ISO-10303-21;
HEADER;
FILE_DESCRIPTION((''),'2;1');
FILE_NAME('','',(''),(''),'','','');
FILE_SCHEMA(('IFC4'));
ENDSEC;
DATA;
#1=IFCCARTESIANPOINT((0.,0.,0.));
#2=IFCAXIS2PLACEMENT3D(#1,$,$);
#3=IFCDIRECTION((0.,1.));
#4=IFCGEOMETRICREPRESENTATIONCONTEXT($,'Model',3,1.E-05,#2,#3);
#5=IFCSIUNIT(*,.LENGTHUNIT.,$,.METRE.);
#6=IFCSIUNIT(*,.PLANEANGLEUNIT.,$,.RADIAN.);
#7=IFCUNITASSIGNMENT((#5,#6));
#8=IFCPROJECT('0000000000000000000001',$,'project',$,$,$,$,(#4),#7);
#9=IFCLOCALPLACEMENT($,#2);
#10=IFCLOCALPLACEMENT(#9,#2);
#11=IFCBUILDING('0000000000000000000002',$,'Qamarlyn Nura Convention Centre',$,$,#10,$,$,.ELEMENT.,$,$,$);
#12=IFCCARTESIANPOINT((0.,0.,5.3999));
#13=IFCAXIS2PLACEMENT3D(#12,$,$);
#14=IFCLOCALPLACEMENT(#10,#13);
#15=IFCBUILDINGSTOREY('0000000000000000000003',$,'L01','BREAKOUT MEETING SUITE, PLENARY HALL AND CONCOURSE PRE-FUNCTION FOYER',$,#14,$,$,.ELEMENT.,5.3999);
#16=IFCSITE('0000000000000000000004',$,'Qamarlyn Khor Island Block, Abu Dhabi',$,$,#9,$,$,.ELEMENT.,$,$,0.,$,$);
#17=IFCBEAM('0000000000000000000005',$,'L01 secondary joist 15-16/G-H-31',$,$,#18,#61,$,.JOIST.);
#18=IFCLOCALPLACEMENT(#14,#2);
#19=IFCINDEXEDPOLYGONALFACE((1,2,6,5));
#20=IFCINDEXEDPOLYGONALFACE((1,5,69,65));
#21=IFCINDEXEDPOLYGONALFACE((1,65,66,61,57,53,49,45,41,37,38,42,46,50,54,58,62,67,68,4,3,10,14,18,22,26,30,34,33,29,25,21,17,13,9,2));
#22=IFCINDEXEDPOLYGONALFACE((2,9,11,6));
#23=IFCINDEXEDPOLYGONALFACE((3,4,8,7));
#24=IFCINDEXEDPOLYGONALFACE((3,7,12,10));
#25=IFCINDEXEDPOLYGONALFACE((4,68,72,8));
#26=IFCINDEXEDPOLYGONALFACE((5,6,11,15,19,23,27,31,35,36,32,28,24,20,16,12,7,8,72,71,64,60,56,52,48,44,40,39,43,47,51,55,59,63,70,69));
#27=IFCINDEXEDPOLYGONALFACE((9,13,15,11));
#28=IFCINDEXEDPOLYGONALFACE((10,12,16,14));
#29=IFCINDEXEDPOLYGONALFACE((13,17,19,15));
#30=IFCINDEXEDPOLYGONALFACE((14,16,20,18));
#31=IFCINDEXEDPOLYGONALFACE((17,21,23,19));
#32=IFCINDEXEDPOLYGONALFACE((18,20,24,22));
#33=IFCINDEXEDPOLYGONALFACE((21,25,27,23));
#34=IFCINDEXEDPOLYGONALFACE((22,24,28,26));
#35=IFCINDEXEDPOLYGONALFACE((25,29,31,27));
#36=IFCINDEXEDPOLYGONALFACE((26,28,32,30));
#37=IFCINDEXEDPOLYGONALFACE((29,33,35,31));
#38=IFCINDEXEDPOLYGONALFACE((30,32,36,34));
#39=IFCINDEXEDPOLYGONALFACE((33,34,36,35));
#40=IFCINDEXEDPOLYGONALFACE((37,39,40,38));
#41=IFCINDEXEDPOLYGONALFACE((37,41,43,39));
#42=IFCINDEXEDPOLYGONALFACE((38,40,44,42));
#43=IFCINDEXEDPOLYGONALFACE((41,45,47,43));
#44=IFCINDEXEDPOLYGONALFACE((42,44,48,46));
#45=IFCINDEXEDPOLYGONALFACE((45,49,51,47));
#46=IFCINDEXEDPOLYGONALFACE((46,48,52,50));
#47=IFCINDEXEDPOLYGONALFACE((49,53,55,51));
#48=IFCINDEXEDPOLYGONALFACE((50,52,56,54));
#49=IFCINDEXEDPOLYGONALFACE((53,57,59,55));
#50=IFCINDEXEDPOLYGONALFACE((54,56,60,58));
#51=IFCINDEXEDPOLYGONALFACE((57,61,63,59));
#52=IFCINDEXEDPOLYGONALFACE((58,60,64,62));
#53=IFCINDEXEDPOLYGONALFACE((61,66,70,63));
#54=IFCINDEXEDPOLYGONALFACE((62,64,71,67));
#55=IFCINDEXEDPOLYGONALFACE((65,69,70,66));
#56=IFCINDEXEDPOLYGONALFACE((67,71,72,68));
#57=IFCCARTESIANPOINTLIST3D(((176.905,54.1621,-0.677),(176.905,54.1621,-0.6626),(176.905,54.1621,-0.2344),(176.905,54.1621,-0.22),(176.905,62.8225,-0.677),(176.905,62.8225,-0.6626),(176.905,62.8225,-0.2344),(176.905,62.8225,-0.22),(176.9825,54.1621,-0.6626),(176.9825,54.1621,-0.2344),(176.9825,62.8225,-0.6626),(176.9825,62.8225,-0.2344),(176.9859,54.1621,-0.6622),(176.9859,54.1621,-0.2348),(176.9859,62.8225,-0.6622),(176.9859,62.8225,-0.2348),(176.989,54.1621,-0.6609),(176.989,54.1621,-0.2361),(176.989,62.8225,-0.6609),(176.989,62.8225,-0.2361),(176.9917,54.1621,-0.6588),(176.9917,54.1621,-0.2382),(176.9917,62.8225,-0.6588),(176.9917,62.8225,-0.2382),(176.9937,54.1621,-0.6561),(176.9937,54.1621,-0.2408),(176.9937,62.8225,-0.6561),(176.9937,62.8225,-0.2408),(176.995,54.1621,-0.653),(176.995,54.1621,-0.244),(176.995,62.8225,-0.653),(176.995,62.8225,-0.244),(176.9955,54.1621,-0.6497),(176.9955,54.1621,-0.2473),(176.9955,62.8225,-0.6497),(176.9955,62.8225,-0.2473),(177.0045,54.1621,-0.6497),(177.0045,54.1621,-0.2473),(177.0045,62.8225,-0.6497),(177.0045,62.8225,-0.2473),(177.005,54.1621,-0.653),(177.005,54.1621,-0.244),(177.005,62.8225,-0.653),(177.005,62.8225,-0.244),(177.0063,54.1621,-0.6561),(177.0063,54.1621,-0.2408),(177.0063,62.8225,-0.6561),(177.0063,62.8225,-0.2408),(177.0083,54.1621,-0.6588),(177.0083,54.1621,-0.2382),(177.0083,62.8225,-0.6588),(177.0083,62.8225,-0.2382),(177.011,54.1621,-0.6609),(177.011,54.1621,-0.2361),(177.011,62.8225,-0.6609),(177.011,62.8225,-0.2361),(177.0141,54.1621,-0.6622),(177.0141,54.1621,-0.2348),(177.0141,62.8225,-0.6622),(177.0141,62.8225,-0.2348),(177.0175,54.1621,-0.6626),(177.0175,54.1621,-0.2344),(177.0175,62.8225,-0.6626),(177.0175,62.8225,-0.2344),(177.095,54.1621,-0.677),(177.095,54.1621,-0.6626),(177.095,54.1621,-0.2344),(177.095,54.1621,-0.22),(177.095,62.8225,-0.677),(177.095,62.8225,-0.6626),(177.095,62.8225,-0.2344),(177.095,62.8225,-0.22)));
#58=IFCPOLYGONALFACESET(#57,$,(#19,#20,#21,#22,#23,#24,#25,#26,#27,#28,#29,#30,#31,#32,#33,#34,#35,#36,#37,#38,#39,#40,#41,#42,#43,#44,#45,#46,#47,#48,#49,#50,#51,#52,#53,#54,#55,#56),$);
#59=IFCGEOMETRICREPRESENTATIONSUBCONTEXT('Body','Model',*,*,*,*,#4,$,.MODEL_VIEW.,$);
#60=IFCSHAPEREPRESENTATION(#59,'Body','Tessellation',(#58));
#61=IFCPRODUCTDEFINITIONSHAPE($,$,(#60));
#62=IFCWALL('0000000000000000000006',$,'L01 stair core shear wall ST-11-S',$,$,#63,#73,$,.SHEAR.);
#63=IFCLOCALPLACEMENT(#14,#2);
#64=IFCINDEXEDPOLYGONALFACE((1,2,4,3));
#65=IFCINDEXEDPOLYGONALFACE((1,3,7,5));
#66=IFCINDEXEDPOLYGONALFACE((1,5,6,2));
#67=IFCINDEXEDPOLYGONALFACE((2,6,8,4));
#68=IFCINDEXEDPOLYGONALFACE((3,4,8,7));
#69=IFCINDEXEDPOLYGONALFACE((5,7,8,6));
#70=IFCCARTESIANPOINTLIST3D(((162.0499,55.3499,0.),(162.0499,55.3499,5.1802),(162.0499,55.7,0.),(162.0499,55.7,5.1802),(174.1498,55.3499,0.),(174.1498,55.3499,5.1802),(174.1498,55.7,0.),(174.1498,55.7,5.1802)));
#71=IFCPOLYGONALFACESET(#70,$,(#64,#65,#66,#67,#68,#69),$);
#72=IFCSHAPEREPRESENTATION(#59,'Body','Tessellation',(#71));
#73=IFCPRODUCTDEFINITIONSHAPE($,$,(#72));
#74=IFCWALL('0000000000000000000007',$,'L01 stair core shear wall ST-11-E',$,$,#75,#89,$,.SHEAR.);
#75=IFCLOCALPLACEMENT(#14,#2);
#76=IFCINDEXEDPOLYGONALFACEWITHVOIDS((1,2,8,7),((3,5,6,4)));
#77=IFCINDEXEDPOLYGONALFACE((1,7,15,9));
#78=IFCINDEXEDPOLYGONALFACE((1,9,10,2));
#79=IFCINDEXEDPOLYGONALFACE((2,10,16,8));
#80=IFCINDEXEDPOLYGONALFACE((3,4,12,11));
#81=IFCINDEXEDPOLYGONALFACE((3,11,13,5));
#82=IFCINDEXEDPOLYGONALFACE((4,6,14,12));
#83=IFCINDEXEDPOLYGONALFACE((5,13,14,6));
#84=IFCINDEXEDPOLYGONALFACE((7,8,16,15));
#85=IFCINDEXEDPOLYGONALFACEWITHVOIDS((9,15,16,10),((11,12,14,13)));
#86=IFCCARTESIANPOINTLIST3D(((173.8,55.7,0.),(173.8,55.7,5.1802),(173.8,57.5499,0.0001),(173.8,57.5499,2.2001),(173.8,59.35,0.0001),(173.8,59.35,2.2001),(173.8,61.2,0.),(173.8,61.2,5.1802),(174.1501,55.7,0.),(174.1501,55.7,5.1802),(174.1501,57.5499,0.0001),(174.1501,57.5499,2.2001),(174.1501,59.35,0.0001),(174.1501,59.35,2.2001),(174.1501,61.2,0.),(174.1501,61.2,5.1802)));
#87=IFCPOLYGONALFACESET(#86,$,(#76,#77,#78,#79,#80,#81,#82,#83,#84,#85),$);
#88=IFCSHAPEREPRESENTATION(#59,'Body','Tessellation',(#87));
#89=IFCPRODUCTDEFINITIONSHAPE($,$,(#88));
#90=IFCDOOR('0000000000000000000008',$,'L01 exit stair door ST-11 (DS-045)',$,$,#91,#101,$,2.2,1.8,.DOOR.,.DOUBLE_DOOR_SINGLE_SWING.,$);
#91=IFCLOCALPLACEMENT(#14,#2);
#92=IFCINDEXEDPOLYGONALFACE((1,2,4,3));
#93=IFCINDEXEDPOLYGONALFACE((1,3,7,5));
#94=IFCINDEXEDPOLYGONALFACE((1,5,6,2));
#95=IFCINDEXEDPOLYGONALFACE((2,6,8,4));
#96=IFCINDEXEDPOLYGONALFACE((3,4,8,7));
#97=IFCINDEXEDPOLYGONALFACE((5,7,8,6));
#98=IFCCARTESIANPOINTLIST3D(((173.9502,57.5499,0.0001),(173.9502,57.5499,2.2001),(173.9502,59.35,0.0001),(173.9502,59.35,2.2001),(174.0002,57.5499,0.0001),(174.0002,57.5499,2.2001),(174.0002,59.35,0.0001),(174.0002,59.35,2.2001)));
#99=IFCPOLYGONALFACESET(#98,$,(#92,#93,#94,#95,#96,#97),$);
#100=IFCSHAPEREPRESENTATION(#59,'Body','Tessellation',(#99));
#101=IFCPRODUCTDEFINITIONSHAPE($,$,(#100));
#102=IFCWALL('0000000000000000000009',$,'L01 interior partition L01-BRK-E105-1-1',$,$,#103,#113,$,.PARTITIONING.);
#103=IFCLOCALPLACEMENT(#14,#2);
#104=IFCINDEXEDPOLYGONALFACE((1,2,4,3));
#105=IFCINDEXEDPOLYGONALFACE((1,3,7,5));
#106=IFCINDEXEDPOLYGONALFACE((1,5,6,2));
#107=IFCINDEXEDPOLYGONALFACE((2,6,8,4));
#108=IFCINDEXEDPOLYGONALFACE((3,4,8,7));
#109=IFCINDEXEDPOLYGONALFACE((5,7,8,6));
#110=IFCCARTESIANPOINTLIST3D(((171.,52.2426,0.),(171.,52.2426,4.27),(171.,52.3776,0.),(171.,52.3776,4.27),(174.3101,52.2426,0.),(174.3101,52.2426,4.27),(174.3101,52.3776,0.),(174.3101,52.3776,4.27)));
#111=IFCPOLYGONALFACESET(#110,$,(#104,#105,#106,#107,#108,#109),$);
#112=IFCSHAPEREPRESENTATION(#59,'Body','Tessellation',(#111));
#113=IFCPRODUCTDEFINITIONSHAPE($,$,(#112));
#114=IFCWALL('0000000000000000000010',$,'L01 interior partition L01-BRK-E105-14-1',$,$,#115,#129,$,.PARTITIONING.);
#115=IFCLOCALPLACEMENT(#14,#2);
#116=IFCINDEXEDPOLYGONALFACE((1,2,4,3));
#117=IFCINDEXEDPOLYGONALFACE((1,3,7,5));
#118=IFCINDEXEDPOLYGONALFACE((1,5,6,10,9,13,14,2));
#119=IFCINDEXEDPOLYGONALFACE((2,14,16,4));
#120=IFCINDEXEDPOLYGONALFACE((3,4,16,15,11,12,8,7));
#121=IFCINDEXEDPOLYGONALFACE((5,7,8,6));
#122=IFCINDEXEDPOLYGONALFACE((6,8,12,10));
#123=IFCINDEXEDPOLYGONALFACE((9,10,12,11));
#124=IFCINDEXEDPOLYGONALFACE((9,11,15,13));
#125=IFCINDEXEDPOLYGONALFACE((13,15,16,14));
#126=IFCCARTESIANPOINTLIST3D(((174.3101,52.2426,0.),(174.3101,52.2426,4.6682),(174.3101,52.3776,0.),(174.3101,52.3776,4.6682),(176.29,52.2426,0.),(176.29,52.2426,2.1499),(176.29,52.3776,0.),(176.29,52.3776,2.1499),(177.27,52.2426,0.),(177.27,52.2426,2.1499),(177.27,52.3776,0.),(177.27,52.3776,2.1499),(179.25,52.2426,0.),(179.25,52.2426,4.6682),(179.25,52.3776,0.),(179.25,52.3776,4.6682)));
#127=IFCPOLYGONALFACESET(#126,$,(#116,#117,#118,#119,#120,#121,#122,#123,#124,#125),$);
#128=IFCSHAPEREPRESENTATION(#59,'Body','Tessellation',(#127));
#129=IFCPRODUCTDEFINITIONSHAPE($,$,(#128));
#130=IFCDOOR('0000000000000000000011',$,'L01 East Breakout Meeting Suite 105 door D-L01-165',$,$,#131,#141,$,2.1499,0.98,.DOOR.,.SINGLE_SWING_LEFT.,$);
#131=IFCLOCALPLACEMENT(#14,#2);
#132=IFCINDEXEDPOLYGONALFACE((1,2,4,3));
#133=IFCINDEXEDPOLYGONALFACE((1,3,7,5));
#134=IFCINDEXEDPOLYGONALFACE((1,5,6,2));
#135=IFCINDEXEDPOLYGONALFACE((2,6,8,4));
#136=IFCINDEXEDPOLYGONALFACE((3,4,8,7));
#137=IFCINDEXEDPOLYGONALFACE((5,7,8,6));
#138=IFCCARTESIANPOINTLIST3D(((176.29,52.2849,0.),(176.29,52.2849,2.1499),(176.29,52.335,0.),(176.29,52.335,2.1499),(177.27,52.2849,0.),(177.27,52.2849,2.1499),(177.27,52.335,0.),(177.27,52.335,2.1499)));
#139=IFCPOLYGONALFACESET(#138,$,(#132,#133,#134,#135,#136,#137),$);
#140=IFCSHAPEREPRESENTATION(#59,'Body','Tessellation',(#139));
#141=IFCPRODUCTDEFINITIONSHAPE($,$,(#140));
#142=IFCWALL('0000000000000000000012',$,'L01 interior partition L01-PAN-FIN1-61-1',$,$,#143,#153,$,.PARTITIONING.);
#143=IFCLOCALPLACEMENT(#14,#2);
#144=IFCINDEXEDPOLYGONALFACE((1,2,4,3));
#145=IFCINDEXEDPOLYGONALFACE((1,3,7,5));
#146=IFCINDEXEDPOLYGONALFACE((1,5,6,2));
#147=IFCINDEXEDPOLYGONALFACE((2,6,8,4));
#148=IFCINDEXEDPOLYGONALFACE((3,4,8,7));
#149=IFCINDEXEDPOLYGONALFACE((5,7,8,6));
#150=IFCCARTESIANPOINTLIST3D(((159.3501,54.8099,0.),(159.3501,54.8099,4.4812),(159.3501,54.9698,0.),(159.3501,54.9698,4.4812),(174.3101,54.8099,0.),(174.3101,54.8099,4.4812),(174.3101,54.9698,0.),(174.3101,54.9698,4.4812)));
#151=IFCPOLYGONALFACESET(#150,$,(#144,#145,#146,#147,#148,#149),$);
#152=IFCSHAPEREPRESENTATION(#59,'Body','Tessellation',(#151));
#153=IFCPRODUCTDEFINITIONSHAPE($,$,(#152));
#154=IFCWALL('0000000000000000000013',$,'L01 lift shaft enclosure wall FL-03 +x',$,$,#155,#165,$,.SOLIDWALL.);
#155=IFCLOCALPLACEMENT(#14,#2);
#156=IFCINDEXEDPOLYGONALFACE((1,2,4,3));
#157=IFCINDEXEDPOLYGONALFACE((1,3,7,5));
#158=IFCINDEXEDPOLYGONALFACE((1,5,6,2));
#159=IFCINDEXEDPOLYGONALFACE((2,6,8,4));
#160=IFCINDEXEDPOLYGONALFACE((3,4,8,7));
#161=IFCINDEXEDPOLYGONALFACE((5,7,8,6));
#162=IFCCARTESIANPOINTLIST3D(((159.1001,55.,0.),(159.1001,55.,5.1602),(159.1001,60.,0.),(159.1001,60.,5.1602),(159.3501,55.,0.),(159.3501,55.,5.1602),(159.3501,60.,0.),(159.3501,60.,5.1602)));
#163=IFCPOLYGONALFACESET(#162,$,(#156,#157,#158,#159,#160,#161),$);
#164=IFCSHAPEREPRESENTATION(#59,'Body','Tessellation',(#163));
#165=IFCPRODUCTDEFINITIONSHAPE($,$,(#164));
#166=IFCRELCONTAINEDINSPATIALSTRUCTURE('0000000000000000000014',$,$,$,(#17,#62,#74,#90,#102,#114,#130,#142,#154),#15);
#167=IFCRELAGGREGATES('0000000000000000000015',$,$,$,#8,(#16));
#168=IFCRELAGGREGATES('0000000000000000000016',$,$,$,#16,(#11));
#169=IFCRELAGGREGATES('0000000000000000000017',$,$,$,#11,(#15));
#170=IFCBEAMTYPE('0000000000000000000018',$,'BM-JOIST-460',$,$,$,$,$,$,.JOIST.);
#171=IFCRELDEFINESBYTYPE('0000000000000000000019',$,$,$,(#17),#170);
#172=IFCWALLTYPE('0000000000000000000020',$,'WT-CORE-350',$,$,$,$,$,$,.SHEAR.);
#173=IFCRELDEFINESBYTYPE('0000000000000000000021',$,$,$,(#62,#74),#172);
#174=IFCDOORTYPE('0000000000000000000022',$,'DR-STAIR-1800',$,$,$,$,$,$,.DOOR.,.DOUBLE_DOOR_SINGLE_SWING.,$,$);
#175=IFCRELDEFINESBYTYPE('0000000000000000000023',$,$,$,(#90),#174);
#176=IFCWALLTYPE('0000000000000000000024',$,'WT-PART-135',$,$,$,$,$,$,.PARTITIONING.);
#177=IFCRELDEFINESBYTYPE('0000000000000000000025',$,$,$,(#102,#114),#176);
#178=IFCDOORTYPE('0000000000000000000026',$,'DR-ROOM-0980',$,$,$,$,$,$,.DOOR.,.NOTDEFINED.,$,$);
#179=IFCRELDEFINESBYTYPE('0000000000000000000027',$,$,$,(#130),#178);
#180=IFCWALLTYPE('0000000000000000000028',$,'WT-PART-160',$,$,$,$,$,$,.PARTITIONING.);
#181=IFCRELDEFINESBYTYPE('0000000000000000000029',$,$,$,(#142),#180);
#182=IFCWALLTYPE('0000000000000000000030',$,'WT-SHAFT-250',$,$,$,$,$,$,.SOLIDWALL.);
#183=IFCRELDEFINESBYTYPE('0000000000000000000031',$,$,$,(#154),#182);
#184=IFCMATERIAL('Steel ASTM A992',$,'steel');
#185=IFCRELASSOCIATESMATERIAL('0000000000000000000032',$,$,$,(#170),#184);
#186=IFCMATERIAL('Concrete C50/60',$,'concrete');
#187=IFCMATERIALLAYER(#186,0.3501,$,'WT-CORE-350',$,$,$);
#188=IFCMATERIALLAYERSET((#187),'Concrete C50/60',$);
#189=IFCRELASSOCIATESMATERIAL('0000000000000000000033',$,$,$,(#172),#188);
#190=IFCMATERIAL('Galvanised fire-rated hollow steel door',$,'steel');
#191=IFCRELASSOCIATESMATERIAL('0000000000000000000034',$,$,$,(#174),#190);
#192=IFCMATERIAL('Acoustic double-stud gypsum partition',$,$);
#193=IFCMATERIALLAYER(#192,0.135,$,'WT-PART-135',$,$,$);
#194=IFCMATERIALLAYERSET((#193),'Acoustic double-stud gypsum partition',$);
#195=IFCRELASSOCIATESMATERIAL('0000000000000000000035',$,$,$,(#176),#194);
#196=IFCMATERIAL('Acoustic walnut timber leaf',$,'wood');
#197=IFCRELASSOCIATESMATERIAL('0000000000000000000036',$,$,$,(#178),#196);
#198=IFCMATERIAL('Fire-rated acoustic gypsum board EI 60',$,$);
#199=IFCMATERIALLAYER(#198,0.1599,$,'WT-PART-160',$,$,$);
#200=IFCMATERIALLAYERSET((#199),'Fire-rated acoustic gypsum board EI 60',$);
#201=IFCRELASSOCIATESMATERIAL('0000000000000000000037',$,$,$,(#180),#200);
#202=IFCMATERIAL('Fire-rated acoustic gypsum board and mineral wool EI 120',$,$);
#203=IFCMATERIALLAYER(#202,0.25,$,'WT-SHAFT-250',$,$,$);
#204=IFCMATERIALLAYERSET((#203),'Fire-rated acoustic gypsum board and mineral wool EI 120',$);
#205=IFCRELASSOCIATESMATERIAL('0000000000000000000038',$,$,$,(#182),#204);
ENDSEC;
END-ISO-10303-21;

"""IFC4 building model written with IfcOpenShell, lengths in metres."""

from ifc_helpers import new_model, si_unit, direction, frame, frame_2d, origin, origin_2d, place, context, subcontext, project, spatial, rectangle, i_section, extrude, material, layer, layer_set, material_profile, profile_set, type_object, element, fill, save


model = new_model("IFC4")

# Units and contexts
model_context = context("Model", 3, precision=1e-05, world=origin(), true_north=direction((0.0, 1.0)))
body_context = subcontext(model_context, "Body", "Model", "MODEL_VIEW")
ifc_project = project(units=[si_unit("LENGTHUNIT", "METRE"), si_unit("PLANEANGLEUNIT", "RADIAN")], contexts=[model_context])

# Site, building, storey
site_placement = place(None, origin())
site = spatial("IfcSite", under=ifc_project, at=site_placement, Name="Qamarlyn Khor Island Block, Abu Dhabi", CompositionType="ELEMENT", RefElevation=0.0)
building_placement = place(site_placement, origin())
building = spatial("IfcBuilding", under=site, at=building_placement, Name="Qamarlyn Nura Convention Centre", CompositionType="ELEMENT")
storey_placement = place(building_placement, frame((0.0, 0.0, 5.3999)))
storey = spatial("IfcBuildingStorey", under=building, at=storey_placement, Name="L01", Description="BREAKOUT MEETING SUITE, PLENARY HALL AND CONCOURSE PRE-FUNCTION FOYER", CompositionType="ELEMENT", Elevation=5.3999)

# Shared definitions
ifc_material_1 = material(Name="Steel ASTM A992", Category="steel")

# Beam
ifc_material_profile_1 = material_profile(ifc_material_1, i_section(OverallWidth=0.1899, OverallDepth=0.457, WebThickness=0.009, FlangeThickness=0.0144, FilletRadius=0.0129, at=origin_2d()), Name="W460X74")
ifc_profile_set_1 = profile_set([ifc_material_profile_1], Name="Steel ASTM A992")
beam_type_1 = type_object("IfcBeamType", Name="BM-JOIST-460", PredefinedType="JOIST", material=ifc_profile_set_1)
for number, where, z_axis, x_axis, name in (
    (1, (177.0, 54.1621, -0.4485), (0.0, 1.0, 0.0), (-1.0, 0.0, 0.0), "L01 secondary joist 15-16/G-H-31"),
):
    element("IfcBeam", number, at=place(storey_placement, frame(where, z_axis=z_axis, x_axis=x_axis)), inside=storey, type_object=beam_type_1, Name=name, PredefinedType="JOIST", context=body_context, shape_type="SweptSolid", body=[
        extrude(i_section(OverallWidth=0.1899, OverallDepth=0.457, WebThickness=0.009, FlangeThickness=0.0144, FilletRadius=0.0129, at=origin_2d()), origin(), (0.0, 0.0, 1.0), 8.6604),
    ])

# Wall
ifc_material_2 = material(Name="Concrete C50/60", Category="concrete")
ifc_layer_1 = layer(ifc_material_2, 0.3501, Name="WT-CORE-350")
ifc_layer_set_1 = layer_set([ifc_layer_1], Name="Concrete C50/60")
wall_type_1 = type_object("IfcWallType", Name="WT-CORE-350", PredefinedType="SHEAR", material=ifc_layer_set_1)
wall_1_placement = place(storey_placement, frame((162.05, 55.5249, 0.0), z_axis=(0.0, 0.0, 1.0), x_axis=(1.0, 0.0, 0.0)))
element("IfcWall", 2, at=wall_1_placement, inside=storey, type_object=wall_type_1, Name="L01 stair core shear wall ST-11-S", PredefinedType="SHEAR", context=body_context, shape_type="SweptSolid", body=[
    extrude(rectangle(XDim=12.0999, YDim=0.3501, at=frame_2d((6.0498, 0.0))), origin(), (0.0, 0.0, 1.0), 5.1802),
])

# Wall, opening, door
wall_2_placement = place(storey_placement, frame((173.9751, 55.7, 0.0), z_axis=(0.0, 0.0, 1.0), x_axis=(0.0, 1.0, 0.0)))
wall_2 = element("IfcWall", 3, at=wall_2_placement, inside=storey, type_object=wall_type_1, Name="L01 stair core shear wall ST-11-E", PredefinedType="SHEAR", context=body_context, shape_type="SweptSolid", body=[
    extrude(rectangle(XDim=5.5, YDim=0.3501, at=frame_2d((2.75, 0.0))), origin(), (0.0, 0.0, 1.0), 5.1802),
])
opening_1_placement = place(wall_2_placement, frame((1.8501, 0.0, 0.0)))
opening_1 = element("IfcOpeningElement", 4, at=opening_1_placement, cuts=wall_2, PredefinedType="OPENING", context=body_context, shape_type="SweptSolid", body=[
    extrude(rectangle(XDim=1.8, YDim=2.2, at=frame_2d((0.8999, 1.1001))), frame((0.0, 0.1851, 0.0), z_axis=(0.0, -1.0, 0.0), x_axis=(1.0, 0.0, 0.0)), (0.0, 0.0, 1.0), 0.3701),
])
ifc_material_3 = material(Name="Galvanised fire-rated hollow steel door", Category="steel")
door_type_1 = type_object("IfcDoorType", Name="DR-STAIR-1800", OperationType="DOUBLE_DOOR_SINGLE_SWING", PredefinedType="DOOR", material=ifc_material_3)
door_1_placement = place(opening_1_placement, origin())
door_1 = element("IfcDoor", 5, at=door_1_placement, inside=storey, type_object=door_type_1, Name="L01 exit stair door ST-11 (DS-045)", OperationType="DOUBLE_DOOR_SINGLE_SWING", OverallHeight=2.2, OverallWidth=1.8, PredefinedType="DOOR", context=body_context, shape_type="SweptSolid", body=[
    extrude(rectangle(XDim=1.8, YDim=2.2, at=frame_2d((0.8999, 1.1001))), frame((0.0, 0.0249, 0.0), z_axis=(0.0, -1.0, 0.0), x_axis=(1.0, 0.0, 0.0)), (0.0, 0.0, 1.0), 0.05),
])
fill(opening_1, door_1)

# Wall
ifc_material_4 = material(Name="Acoustic double-stud gypsum partition")
ifc_layer_2 = layer(ifc_material_4, 0.135, Name="WT-PART-135")
ifc_layer_set_2 = layer_set([ifc_layer_2], Name="Acoustic double-stud gypsum partition")
wall_type_2 = type_object("IfcWallType", Name="WT-PART-135", PredefinedType="PARTITIONING", material=ifc_layer_set_2)
wall_3_placement = place(storey_placement, frame((171.0, 52.3101, 0.0), z_axis=(0.0, 0.0, 1.0), x_axis=(1.0, 0.0, 0.0)))
element("IfcWall", 6, at=wall_3_placement, inside=storey, type_object=wall_type_2, Name="L01 interior partition L01-BRK-E105-1-1", PredefinedType="PARTITIONING", context=body_context, shape_type="SweptSolid", body=[
    extrude(rectangle(XDim=3.3101, YDim=0.135, at=frame_2d((1.655, 0.0))), origin(), (0.0, 0.0, 1.0), 4.27),
])

# Wall, opening, door
wall_4_placement = place(storey_placement, frame((174.3101, 52.3101, 0.0), z_axis=(0.0, 0.0, 1.0), x_axis=(1.0, 0.0, 0.0)))
wall_4 = element("IfcWall", 7, at=wall_4_placement, inside=storey, type_object=wall_type_2, Name="L01 interior partition L01-BRK-E105-14-1", PredefinedType="PARTITIONING", context=body_context, shape_type="SweptSolid", body=[
    extrude(rectangle(XDim=4.9399, YDim=0.135, at=frame_2d((2.47, 0.0))), origin(), (0.0, 0.0, 1.0), 4.6682),
])
opening_2_placement = place(wall_4_placement, frame((1.98, 0.0, 0.0)))
opening_2 = element("IfcOpeningElement", 8, at=opening_2_placement, cuts=wall_4, PredefinedType="OPENING", context=body_context, shape_type="SweptSolid", body=[
    extrude(rectangle(XDim=0.98, YDim=2.1499, at=frame_2d((0.49, 1.075))), frame((0.0, 0.0776, 0.0), z_axis=(0.0, -1.0, 0.0), x_axis=(1.0, 0.0, 0.0)), (0.0, 0.0, 1.0), 0.155),
])
ifc_material_5 = material(Name="Acoustic walnut timber leaf", Category="wood")
door_type_2 = type_object("IfcDoorType", Name="DR-ROOM-0980", OperationType="NOTDEFINED", PredefinedType="DOOR", material=ifc_material_5)
door_2_placement = place(opening_2_placement, origin())
door_2 = element("IfcDoor", 9, at=door_2_placement, inside=storey, type_object=door_type_2, Name="L01 East Breakout Meeting Suite 105 door D-L01-165", OperationType="SINGLE_SWING_LEFT", OverallHeight=2.1499, OverallWidth=0.98, PredefinedType="DOOR", context=body_context, shape_type="SweptSolid", body=[
    extrude(rectangle(XDim=0.98, YDim=2.1499, at=frame_2d((0.49, 1.075))), frame((0.0, 0.0249, 0.0), z_axis=(0.0, -1.0, 0.0), x_axis=(1.0, 0.0, 0.0)), (0.0, 0.0, 1.0), 0.05),
])
fill(opening_2, door_2)

# Walls
ifc_material_6 = material(Name="Fire-rated acoustic gypsum board EI 60")
ifc_layer_3 = layer(ifc_material_6, 0.1599, Name="WT-PART-160")
ifc_layer_set_3 = layer_set([ifc_layer_3], Name="Fire-rated acoustic gypsum board EI 60")
wall_type_3 = type_object("IfcWallType", Name="WT-PART-160", PredefinedType="PARTITIONING", material=ifc_layer_set_3)
wall_5_placement = place(storey_placement, frame((174.3101, 54.8899, 0.0), z_axis=(0.0, 0.0, 1.0), x_axis=(-1.0, 0.0, 0.0)))
element("IfcWall", 10, at=wall_5_placement, inside=storey, type_object=wall_type_3, Name="L01 interior partition L01-PAN-FIN1-61-1", PredefinedType="PARTITIONING", context=body_context, shape_type="SweptSolid", body=[
    extrude(rectangle(XDim=14.96, YDim=0.1599, at=frame_2d((7.48, 0.0))), origin(), (0.0, 0.0, 1.0), 4.4812),
])
ifc_material_7 = material(Name="Fire-rated acoustic gypsum board and mineral wool EI 120")
ifc_layer_4 = layer(ifc_material_7, 0.25, Name="WT-SHAFT-250")
ifc_layer_set_4 = layer_set([ifc_layer_4], Name="Fire-rated acoustic gypsum board and mineral wool EI 120")
wall_type_4 = type_object("IfcWallType", Name="WT-SHAFT-250", PredefinedType="SOLIDWALL", material=ifc_layer_set_4)
wall_6_placement = place(storey_placement, frame((159.2251, 55.0, 0.0), z_axis=(0.0, 0.0, 1.0), x_axis=(0.0, 1.0, 0.0)))
element("IfcWall", 11, at=wall_6_placement, inside=storey, type_object=wall_type_4, Name="L01 lift shaft enclosure wall FL-03 +x", PredefinedType="SOLIDWALL", context=body_context, shape_type="SweptSolid", body=[
    extrude(rectangle(XDim=5.0, YDim=0.25, at=frame_2d((2.5, 0.0))), origin(), (0.0, 0.0, 1.0), 5.1602),
])

save(model, "model.ifc")
